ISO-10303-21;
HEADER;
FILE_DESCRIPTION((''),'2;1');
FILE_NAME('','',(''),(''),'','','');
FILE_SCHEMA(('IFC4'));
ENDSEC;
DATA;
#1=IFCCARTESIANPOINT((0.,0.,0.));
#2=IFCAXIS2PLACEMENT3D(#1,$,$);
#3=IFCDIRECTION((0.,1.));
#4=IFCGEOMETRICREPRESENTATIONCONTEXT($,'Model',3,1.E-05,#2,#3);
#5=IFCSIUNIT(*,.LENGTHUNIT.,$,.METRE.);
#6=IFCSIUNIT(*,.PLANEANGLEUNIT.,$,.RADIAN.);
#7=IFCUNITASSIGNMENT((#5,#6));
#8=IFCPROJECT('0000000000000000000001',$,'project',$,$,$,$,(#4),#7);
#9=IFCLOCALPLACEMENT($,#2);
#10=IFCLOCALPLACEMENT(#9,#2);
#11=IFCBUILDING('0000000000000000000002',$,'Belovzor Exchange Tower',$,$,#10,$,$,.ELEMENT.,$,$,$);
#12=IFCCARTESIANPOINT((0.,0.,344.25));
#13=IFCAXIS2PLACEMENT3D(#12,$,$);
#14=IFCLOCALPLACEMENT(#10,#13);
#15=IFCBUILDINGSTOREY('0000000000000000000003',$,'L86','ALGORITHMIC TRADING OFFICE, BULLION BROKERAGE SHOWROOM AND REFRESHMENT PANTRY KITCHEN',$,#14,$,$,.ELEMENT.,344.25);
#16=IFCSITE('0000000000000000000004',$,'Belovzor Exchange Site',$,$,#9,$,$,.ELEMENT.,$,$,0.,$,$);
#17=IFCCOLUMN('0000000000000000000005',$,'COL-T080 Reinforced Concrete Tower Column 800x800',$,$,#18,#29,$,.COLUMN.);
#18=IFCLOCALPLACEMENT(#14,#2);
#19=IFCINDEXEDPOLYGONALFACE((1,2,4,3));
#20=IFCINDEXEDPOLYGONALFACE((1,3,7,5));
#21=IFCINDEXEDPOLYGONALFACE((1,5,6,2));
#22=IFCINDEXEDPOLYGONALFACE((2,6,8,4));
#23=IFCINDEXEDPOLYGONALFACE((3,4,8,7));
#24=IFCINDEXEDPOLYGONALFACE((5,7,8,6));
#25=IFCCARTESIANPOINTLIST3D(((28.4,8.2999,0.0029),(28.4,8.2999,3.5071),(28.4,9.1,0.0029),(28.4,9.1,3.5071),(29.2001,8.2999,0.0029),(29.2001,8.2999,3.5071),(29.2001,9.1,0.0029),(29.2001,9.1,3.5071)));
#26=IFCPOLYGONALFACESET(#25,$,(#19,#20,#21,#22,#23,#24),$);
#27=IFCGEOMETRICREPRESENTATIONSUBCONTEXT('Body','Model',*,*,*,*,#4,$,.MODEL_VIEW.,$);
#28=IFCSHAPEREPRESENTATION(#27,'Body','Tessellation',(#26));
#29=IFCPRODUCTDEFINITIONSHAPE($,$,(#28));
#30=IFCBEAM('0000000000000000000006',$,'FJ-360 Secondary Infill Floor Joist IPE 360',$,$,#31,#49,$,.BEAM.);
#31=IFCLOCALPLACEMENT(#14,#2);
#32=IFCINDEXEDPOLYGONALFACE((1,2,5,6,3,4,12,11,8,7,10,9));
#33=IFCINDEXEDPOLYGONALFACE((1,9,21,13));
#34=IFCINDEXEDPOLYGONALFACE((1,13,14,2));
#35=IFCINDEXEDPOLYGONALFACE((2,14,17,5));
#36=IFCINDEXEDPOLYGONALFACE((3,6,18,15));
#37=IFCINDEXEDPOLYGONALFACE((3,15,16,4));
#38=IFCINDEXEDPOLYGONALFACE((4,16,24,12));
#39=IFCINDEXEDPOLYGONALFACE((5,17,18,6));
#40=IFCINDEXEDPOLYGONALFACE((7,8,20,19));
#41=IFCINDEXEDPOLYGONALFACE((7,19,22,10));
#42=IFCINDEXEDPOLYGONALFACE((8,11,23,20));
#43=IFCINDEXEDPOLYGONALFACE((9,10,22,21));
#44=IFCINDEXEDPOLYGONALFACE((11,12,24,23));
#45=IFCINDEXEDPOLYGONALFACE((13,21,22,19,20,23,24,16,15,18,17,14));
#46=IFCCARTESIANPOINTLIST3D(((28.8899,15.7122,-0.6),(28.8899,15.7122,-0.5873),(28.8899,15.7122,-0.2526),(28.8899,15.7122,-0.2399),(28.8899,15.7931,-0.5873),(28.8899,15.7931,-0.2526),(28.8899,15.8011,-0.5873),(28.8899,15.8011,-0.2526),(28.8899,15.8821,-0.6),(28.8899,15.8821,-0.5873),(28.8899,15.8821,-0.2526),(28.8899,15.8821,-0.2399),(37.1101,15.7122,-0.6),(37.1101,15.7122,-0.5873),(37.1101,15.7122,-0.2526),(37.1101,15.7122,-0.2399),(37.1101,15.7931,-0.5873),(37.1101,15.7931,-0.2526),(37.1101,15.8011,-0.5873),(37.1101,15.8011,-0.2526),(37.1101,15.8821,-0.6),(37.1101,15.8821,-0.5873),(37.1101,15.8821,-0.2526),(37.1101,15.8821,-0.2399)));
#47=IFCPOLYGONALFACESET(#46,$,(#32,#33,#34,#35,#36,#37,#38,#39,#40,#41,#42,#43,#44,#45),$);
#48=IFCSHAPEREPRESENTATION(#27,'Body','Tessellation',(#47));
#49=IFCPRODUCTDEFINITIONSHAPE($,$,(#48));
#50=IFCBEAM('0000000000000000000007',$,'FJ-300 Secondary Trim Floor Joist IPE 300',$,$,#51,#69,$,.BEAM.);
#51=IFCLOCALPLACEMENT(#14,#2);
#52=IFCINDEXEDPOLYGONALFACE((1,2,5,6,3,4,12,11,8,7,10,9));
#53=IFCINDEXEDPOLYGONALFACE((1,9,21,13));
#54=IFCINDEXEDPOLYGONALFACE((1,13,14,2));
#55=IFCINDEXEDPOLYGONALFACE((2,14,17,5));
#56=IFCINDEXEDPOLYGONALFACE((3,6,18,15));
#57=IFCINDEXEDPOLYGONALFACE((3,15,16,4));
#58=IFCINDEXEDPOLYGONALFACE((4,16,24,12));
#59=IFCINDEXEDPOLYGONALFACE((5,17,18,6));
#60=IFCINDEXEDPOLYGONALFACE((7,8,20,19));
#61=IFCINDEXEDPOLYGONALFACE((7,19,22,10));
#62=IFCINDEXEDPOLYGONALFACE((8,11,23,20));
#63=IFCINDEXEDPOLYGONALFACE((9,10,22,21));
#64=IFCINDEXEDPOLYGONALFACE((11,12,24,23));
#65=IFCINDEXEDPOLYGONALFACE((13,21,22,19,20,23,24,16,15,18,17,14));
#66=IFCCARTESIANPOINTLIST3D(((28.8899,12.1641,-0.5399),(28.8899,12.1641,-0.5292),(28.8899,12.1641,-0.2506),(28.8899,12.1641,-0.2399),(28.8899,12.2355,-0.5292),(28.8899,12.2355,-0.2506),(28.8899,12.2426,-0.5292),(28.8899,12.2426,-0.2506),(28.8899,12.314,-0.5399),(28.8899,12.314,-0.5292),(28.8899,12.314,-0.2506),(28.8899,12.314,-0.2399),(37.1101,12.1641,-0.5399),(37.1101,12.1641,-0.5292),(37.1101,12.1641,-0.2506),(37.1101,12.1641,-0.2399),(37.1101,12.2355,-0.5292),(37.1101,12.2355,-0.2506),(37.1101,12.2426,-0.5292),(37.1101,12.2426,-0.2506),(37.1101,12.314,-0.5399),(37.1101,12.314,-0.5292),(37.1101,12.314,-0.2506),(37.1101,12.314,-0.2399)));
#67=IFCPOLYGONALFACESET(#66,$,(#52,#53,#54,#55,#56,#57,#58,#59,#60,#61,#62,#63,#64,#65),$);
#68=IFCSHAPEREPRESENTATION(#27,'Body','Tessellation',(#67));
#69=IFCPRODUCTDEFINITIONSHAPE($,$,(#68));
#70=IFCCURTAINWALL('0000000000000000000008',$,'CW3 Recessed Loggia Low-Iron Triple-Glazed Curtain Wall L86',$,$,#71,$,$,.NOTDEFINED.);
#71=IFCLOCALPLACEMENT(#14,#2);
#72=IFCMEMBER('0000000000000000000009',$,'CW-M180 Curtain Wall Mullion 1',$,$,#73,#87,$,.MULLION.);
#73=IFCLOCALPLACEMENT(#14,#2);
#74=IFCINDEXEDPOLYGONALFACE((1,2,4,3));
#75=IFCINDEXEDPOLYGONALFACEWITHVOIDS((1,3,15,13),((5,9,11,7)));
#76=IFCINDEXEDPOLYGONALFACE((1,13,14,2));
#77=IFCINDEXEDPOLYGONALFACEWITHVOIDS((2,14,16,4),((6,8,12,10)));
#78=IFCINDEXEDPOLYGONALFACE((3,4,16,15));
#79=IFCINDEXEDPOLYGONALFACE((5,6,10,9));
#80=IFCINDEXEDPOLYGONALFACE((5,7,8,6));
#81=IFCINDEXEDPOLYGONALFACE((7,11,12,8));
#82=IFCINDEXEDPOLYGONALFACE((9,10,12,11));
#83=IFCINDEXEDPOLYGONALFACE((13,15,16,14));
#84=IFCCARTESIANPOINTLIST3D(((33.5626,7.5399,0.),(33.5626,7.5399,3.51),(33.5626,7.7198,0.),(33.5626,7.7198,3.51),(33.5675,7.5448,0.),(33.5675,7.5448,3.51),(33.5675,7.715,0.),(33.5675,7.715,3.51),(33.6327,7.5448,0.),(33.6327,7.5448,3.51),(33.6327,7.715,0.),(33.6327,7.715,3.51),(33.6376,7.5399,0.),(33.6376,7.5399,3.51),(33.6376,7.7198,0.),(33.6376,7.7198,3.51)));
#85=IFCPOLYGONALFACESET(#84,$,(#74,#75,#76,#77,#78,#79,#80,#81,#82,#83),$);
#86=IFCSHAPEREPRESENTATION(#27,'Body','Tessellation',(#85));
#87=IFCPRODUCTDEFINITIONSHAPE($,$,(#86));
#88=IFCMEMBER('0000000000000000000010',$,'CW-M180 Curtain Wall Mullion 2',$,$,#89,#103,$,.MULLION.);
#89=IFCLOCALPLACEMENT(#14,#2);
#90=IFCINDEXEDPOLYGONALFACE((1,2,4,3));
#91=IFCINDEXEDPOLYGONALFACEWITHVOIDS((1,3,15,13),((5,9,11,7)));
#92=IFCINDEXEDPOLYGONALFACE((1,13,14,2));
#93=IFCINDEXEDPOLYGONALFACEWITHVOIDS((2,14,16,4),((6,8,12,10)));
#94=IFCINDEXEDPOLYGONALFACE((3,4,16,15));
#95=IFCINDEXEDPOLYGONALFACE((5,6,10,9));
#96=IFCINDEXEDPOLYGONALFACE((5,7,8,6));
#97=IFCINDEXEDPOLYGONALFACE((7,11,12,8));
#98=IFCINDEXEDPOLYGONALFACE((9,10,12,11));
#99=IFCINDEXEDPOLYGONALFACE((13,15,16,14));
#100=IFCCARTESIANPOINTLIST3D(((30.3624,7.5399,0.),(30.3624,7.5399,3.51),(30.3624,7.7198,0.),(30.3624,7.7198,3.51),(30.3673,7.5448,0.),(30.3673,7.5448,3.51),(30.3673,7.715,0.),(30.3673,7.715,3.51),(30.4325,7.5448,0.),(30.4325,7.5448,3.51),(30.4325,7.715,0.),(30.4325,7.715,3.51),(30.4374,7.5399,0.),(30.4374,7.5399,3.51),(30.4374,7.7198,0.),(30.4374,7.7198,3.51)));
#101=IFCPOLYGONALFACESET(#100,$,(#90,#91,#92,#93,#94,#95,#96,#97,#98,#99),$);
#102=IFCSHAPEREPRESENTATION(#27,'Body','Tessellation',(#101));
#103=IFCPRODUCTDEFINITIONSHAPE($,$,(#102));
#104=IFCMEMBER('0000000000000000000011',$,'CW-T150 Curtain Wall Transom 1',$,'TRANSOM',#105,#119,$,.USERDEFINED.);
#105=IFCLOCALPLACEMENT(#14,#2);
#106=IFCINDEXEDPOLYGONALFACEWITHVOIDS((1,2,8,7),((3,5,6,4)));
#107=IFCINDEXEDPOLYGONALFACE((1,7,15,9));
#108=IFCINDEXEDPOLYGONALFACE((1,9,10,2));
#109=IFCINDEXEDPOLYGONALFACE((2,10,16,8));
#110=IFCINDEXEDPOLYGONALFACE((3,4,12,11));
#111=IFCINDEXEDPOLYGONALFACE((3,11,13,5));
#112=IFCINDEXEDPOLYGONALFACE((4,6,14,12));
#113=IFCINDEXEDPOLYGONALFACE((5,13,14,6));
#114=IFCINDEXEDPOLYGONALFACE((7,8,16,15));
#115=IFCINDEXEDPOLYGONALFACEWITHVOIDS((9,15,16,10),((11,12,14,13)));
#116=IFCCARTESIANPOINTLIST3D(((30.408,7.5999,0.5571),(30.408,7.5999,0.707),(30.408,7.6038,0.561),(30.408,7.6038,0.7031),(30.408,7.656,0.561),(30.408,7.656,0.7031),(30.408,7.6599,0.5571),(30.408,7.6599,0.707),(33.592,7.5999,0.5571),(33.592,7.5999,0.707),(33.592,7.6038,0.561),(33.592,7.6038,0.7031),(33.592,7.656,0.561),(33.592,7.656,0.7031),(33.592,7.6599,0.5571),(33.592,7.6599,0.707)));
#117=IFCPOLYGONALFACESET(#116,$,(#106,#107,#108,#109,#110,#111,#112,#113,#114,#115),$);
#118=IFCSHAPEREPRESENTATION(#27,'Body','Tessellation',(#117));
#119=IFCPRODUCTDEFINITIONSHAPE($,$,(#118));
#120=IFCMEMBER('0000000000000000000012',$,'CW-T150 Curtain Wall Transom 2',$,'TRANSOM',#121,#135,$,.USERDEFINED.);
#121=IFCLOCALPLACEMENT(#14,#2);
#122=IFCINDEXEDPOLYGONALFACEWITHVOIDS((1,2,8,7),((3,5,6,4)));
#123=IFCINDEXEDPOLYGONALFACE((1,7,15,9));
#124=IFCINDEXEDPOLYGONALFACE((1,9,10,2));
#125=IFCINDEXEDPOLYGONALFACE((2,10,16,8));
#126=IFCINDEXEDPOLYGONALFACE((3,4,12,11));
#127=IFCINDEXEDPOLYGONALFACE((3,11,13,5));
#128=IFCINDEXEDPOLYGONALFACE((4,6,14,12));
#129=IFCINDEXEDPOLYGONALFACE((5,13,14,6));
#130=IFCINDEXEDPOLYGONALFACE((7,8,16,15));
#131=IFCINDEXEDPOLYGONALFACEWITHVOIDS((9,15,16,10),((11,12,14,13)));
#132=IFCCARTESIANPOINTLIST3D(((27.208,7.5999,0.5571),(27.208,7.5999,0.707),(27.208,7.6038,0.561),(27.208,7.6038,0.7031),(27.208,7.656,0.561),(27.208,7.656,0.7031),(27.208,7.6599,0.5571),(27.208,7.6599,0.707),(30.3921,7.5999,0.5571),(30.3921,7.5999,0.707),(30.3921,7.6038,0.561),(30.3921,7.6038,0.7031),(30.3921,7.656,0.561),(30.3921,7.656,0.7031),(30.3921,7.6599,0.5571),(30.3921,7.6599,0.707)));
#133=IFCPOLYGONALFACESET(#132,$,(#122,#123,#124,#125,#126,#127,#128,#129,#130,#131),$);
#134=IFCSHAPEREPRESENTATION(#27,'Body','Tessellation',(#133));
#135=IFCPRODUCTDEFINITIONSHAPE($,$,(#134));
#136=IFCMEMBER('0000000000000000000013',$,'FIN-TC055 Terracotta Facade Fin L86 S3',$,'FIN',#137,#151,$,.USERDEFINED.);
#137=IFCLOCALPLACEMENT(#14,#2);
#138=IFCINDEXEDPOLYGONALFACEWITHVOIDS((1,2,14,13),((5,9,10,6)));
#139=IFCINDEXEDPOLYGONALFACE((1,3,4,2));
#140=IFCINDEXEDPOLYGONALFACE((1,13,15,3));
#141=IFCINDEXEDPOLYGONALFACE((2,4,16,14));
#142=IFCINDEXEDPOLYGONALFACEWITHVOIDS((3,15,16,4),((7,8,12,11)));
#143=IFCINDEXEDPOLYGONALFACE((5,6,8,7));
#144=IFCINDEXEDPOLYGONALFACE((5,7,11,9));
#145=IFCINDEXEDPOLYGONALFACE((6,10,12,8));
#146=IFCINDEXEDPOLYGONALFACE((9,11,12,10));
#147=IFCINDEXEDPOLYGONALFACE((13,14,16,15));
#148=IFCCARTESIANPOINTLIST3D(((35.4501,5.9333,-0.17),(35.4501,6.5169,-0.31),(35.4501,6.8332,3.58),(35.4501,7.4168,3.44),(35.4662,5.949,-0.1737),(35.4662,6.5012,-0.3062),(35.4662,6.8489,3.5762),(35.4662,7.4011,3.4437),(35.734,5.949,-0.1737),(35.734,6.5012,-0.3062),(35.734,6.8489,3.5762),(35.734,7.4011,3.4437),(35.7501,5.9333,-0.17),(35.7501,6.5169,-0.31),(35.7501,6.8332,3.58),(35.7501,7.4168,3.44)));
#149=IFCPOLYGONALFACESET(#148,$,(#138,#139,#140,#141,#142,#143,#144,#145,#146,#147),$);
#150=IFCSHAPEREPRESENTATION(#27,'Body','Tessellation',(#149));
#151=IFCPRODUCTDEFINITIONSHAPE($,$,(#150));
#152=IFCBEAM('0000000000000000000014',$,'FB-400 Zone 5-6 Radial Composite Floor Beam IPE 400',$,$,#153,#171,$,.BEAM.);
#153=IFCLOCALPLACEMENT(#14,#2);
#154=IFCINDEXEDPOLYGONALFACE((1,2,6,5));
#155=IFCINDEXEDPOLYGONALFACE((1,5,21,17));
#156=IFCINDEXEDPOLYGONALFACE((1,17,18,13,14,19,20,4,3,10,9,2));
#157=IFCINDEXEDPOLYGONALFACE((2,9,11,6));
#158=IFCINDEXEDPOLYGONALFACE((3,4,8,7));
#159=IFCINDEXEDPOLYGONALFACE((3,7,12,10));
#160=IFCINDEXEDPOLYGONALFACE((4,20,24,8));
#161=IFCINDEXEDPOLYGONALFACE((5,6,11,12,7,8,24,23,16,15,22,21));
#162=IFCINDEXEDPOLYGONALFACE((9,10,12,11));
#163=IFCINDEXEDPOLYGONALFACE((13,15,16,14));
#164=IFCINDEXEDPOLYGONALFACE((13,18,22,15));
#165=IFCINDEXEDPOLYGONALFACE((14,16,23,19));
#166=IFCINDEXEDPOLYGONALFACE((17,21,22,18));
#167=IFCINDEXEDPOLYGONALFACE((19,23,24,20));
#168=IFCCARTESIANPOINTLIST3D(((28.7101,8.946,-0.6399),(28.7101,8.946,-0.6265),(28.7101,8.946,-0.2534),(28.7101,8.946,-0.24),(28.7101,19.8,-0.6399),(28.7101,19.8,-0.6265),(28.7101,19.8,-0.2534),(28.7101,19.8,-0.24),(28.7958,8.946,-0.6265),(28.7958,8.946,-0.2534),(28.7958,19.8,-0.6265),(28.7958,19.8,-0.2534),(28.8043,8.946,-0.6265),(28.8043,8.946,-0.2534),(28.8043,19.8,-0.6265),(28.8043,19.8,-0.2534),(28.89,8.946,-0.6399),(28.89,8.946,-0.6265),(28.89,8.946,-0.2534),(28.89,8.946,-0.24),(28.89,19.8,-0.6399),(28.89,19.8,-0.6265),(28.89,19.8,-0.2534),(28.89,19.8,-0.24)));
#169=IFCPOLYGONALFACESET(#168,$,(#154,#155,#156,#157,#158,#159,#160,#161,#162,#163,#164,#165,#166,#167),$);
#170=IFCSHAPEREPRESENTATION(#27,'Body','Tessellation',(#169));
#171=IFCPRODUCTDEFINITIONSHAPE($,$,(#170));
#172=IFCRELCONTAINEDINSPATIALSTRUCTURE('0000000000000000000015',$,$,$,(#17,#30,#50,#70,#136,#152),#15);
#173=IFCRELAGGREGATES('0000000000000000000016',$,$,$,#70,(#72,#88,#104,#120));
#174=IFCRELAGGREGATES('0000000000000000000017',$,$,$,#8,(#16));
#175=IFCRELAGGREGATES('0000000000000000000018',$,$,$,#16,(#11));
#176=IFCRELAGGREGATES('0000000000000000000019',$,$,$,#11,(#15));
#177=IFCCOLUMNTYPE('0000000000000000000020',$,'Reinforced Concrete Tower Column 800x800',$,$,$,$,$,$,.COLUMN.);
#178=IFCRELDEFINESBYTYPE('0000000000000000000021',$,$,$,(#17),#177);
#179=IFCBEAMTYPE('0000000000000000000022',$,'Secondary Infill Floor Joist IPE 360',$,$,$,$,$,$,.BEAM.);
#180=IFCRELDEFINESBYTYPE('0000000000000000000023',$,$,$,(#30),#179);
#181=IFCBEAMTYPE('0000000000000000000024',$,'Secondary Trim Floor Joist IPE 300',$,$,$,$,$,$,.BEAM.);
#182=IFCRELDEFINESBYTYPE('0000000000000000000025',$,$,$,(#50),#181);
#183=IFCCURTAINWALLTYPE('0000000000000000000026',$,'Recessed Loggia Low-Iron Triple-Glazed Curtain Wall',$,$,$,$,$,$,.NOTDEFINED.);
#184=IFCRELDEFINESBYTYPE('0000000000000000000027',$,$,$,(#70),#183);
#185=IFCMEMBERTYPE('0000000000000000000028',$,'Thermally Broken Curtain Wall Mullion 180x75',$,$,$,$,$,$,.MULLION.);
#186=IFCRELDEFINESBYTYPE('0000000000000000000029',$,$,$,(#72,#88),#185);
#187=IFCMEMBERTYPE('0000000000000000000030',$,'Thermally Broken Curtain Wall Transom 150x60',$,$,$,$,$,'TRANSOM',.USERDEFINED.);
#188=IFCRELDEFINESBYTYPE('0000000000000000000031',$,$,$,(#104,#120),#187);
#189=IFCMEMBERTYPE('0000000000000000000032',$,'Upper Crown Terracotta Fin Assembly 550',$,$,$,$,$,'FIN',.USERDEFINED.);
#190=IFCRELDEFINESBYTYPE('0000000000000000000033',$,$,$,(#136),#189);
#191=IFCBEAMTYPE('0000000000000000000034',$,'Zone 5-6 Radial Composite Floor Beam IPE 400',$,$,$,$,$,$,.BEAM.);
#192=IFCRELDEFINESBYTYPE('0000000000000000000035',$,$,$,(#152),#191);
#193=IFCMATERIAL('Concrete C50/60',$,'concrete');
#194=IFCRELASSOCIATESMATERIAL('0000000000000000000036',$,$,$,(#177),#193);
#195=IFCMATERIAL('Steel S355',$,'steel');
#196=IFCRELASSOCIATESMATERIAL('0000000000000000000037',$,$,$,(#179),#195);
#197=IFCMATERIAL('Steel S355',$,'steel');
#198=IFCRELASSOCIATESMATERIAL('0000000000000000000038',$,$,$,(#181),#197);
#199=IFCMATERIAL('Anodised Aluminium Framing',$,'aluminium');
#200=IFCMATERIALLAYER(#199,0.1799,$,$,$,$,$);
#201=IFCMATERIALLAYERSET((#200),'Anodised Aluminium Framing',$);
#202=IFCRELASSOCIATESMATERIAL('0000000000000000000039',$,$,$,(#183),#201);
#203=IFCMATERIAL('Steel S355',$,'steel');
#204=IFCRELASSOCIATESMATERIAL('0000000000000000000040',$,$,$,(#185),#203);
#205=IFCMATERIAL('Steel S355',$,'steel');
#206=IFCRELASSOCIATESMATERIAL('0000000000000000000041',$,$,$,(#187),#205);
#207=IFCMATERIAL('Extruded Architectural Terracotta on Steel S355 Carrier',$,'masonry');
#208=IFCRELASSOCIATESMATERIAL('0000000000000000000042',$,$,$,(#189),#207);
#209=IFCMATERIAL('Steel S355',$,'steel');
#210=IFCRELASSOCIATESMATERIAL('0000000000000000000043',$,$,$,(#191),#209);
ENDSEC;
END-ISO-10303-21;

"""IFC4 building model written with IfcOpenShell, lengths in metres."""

from ifc_helpers import new_model, si_unit, direction, frame, origin, origin_2d, place, context, subcontext, project, spatial, rectangle, hollow_rectangle, i_section, extrude, material, layer, layer_set, material_profile, profile_set, type_object, element, aggregate, save


model = new_model("IFC4")

# Units and contexts
model_context = context("Model", 3, precision=1e-05, world=origin(), true_north=direction((0.0, 1.0)))
body_context = subcontext(model_context, "Body", "Model", "MODEL_VIEW")
ifc_project = project(units=[si_unit("LENGTHUNIT", "METRE"), si_unit("PLANEANGLEUNIT", "RADIAN")], contexts=[model_context])

# Site, building, storey
site_placement = place(None, origin())
site = spatial("IfcSite", under=ifc_project, at=site_placement, Name="Belovzor Exchange Site", CompositionType="ELEMENT", RefElevation=0.0)
building_placement = place(site_placement, origin())
building = spatial("IfcBuilding", under=site, at=building_placement, Name="Belovzor Exchange Tower", CompositionType="ELEMENT")
storey_placement = place(building_placement, frame((0.0, 0.0, 344.25)))
storey = spatial("IfcBuildingStorey", under=building, at=storey_placement, Name="L86", Description="ALGORITHMIC TRADING OFFICE, BULLION BROKERAGE SHOWROOM AND REFRESHMENT PANTRY KITCHEN", CompositionType="ELEMENT", Elevation=344.25)

# Column
ifc_material_1 = material(Name="Concrete C50/60", Category="concrete")
ifc_material_profile_1 = material_profile(ifc_material_1, rectangle(XDim=0.8, YDim=0.8, at=origin_2d()))
ifc_profile_set_1 = profile_set([ifc_material_profile_1], Name="Concrete C50/60")
column_type = type_object("IfcColumnType", Name="Reinforced Concrete Tower Column 800x800", PredefinedType="COLUMN", material=ifc_profile_set_1)
column_placement = place(storey_placement, frame((28.8, 8.7, 0.0029), z_axis=(0.0, 0.0, 1.0), x_axis=(1.0, 0.0, 0.0)))
element("IfcColumn", 1, at=column_placement, inside=storey, type_object=column_type, Name="COL-T080 Reinforced Concrete Tower Column 800x800", PredefinedType="COLUMN", context=body_context, shape_type="SweptSolid", body=[
    extrude(rectangle(XDim=0.8, YDim=0.8, at=origin_2d()), origin(), (0.0, 0.0, 1.0), 3.5042),
])

# Beams
ifc_material_2 = material(Name="Steel S355", Category="steel")
ifc_material_profile_2 = material_profile(ifc_material_2, i_section(OverallWidth=0.1699, OverallDepth=0.3601, WebThickness=0.0081, FlangeThickness=0.0127, at=origin_2d()))
ifc_profile_set_2 = profile_set([ifc_material_profile_2], Name="Steel S355")
beam_type_1 = type_object("IfcBeamType", Name="Secondary Infill Floor Joist IPE 360", PredefinedType="BEAM", material=ifc_profile_set_2)
beam_1_placement = place(storey_placement, frame((28.8899, 15.7971, -0.4199), z_axis=(1.0, 0.0, 0.0), x_axis=(0.0, 1.0, 0.0)))
element("IfcBeam", 2, at=beam_1_placement, inside=storey, type_object=beam_type_1, Name="FJ-360 Secondary Infill Floor Joist IPE 360", PredefinedType="BEAM", context=body_context, shape_type="SweptSolid", body=[
    extrude(i_section(OverallWidth=0.1699, OverallDepth=0.3601, WebThickness=0.0081, FlangeThickness=0.0127, at=origin_2d()), origin(), (0.0, 0.0, 1.0), 8.2202),
])
ifc_material_3 = material(Name="Steel S355", Category="steel")
ifc_material_profile_3 = material_profile(ifc_material_3, i_section(OverallWidth=0.1499, OverallDepth=0.3, WebThickness=0.0071, FlangeThickness=0.0107, at=origin_2d()))
ifc_profile_set_3 = profile_set([ifc_material_profile_3], Name="Steel S355")
beam_type_2 = type_object("IfcBeamType", Name="Secondary Trim Floor Joist IPE 300", PredefinedType="BEAM", material=ifc_profile_set_3)
beam_2_placement = place(storey_placement, frame((28.8899, 12.239, -0.3899), z_axis=(1.0, 0.0, 0.0), x_axis=(0.0, 1.0, 0.0)))
element("IfcBeam", 3, at=beam_2_placement, inside=storey, type_object=beam_type_2, Name="FJ-300 Secondary Trim Floor Joist IPE 300", PredefinedType="BEAM", context=body_context, shape_type="SweptSolid", body=[
    extrude(i_section(OverallWidth=0.1499, OverallDepth=0.3, WebThickness=0.0071, FlangeThickness=0.0107, at=origin_2d()), origin(), (0.0, 0.0, 1.0), 8.2202),
])

# Curtain wall, members
ifc_material_4 = material(Name="Anodised Aluminium Framing", Category="aluminium")
ifc_layer_1 = layer(ifc_material_4, 0.1799)
ifc_layer_set_1 = layer_set([ifc_layer_1], Name="Anodised Aluminium Framing")
curtain_wall_type = type_object("IfcCurtainWallType", Name="Recessed Loggia Low-Iron Triple-Glazed Curtain Wall", PredefinedType="NOTDEFINED", material=ifc_layer_set_1)
curtain_wall_placement = place(storey_placement, origin())
curtain_wall = element("IfcCurtainWall", 4, at=curtain_wall_placement, inside=storey, type_object=curtain_wall_type, Name="CW3 Recessed Loggia Low-Iron Triple-Glazed Curtain Wall L86", PredefinedType="NOTDEFINED")
ifc_material_5 = material(Name="Steel S355", Category="steel")
ifc_material_profile_4 = material_profile(ifc_material_5, hollow_rectangle(XDim=0.075, YDim=0.1799, WallThickness=0.0049, at=origin_2d()))
ifc_profile_set_4 = profile_set([ifc_material_profile_4], Name="Steel S355")
member_type_1 = type_object("IfcMemberType", Name="Thermally Broken Curtain Wall Mullion 180x75", PredefinedType="MULLION", material=ifc_profile_set_4)
member_1_placement = place(storey_placement, frame((33.6001, 7.6299, 0.0), z_axis=(0.0, 0.0, 1.0), x_axis=(-1.0, 0.0, 0.0)))
member_1 = element("IfcMember", 5, at=member_1_placement, type_object=member_type_1, Name="CW-M180 Curtain Wall Mullion 1", PredefinedType="MULLION", context=body_context, shape_type="SweptSolid", body=[
    extrude(hollow_rectangle(XDim=0.075, YDim=0.1799, WallThickness=0.0049, at=origin_2d()), origin(), (0.0, 0.0, 1.0), 3.51),
])
member_2_placement = place(storey_placement, frame((30.3999, 7.6299, 0.0), z_axis=(0.0, 0.0, 1.0), x_axis=(-1.0, 0.0, 0.0)))
member_2 = element("IfcMember", 6, at=member_2_placement, type_object=member_type_1, Name="CW-M180 Curtain Wall Mullion 2", PredefinedType="MULLION", context=body_context, shape_type="SweptSolid", body=[
    extrude(hollow_rectangle(XDim=0.075, YDim=0.1799, WallThickness=0.0049, at=origin_2d()), origin(), (0.0, 0.0, 1.0), 3.51),
])
ifc_material_6 = material(Name="Steel S355", Category="steel")
ifc_material_profile_5 = material_profile(ifc_material_6, hollow_rectangle(XDim=0.0601, YDim=0.1499, WallThickness=0.0039, at=origin_2d()))
ifc_profile_set_5 = profile_set([ifc_material_profile_5], Name="Steel S355")
member_type_2 = type_object("IfcMemberType", Name="Thermally Broken Curtain Wall Transom 150x60", ElementType="TRANSOM", PredefinedType="USERDEFINED", material=ifc_profile_set_5)
member_3_placement = place(storey_placement, frame((33.592, 7.6299, 0.6321), z_axis=(-1.0, 0.0, 0.0), x_axis=(0.0, -1.0, 0.0)))
member_3 = element("IfcMember", 7, at=member_3_placement, type_object=member_type_2, Name="CW-T150 Curtain Wall Transom 1", ObjectType="TRANSOM", PredefinedType="USERDEFINED", context=body_context, shape_type="SweptSolid", body=[
    extrude(hollow_rectangle(XDim=0.0601, YDim=0.1499, WallThickness=0.0039, at=origin_2d()), origin(), (0.0, 0.0, 1.0), 3.1841),
])
member_4_placement = place(storey_placement, frame((30.3921, 7.6299, 0.6321), z_axis=(-1.0, 0.0, 0.0), x_axis=(0.0, -1.0, 0.0)))
member_4 = element("IfcMember", 8, at=member_4_placement, type_object=member_type_2, Name="CW-T150 Curtain Wall Transom 2", ObjectType="TRANSOM", PredefinedType="USERDEFINED", context=body_context, shape_type="SweptSolid", body=[
    extrude(hollow_rectangle(XDim=0.0601, YDim=0.1499, WallThickness=0.0039, at=origin_2d()), origin(), (0.0, 0.0, 1.0), 3.1841),
])

# Member
ifc_material_7 = material(Name="Extruded Architectural Terracotta on Steel S355 Carrier", Category="masonry")
ifc_material_profile_6 = material_profile(ifc_material_7, hollow_rectangle(XDim=0.3, YDim=0.6001, WallThickness=0.0161, at=origin_2d()))
ifc_profile_set_6 = profile_set([ifc_material_profile_6], Name="Extruded Architectural Terracotta on Steel S355 Carrier")
member_type_3 = type_object("IfcMemberType", Name="Upper Crown Terracotta Fin Assembly 550", ElementType="FIN", PredefinedType="USERDEFINED", material=ifc_profile_set_6)
member_5_placement = place(storey_placement, frame((35.6001, 6.2251, -0.24), z_axis=(0.0, 0.233349, 0.972393), x_axis=(-1.0, 0.0, 0.0)))
element("IfcMember", 9, at=member_5_placement, inside=storey, type_object=member_type_3, Name="FIN-TC055 Terracotta Facade Fin L86 S3", ObjectType="FIN", PredefinedType="USERDEFINED", context=body_context, shape_type="SweptSolid", body=[
    extrude(hollow_rectangle(XDim=0.3, YDim=0.6001, WallThickness=0.0161, at=origin_2d()), origin(), (0.0, 0.0, 1.0), 3.8564),
])

# Beam
ifc_material_8 = material(Name="Steel S355", Category="steel")
ifc_material_profile_7 = material_profile(ifc_material_8, i_section(OverallWidth=0.1799, OverallDepth=0.3999, WebThickness=0.0085, FlangeThickness=0.0134, at=origin_2d()))
ifc_profile_set_7 = profile_set([ifc_material_profile_7], Name="Steel S355")
beam_type_3 = type_object("IfcBeamType", Name="Zone 5-6 Radial Composite Floor Beam IPE 400", PredefinedType="BEAM", material=ifc_profile_set_7)
beam_3_placement = place(storey_placement, frame((28.8, 19.8, -0.4399), z_axis=(0.0, -1.0, 0.0), x_axis=(1.0, 0.0, 0.0)))
element("IfcBeam", 10, at=beam_3_placement, inside=storey, type_object=beam_type_3, Name="FB-400 Zone 5-6 Radial Composite Floor Beam IPE 400", PredefinedType="BEAM", context=body_context, shape_type="SweptSolid", body=[
    extrude(i_section(OverallWidth=0.1799, OverallDepth=0.3999, WebThickness=0.0085, FlangeThickness=0.0134, at=origin_2d()), origin(), (0.0, 0.0, 1.0), 10.854),
])

aggregate(curtain_wall, [member_1, member_2, member_3, member_4])

save(model, "model.ifc")
